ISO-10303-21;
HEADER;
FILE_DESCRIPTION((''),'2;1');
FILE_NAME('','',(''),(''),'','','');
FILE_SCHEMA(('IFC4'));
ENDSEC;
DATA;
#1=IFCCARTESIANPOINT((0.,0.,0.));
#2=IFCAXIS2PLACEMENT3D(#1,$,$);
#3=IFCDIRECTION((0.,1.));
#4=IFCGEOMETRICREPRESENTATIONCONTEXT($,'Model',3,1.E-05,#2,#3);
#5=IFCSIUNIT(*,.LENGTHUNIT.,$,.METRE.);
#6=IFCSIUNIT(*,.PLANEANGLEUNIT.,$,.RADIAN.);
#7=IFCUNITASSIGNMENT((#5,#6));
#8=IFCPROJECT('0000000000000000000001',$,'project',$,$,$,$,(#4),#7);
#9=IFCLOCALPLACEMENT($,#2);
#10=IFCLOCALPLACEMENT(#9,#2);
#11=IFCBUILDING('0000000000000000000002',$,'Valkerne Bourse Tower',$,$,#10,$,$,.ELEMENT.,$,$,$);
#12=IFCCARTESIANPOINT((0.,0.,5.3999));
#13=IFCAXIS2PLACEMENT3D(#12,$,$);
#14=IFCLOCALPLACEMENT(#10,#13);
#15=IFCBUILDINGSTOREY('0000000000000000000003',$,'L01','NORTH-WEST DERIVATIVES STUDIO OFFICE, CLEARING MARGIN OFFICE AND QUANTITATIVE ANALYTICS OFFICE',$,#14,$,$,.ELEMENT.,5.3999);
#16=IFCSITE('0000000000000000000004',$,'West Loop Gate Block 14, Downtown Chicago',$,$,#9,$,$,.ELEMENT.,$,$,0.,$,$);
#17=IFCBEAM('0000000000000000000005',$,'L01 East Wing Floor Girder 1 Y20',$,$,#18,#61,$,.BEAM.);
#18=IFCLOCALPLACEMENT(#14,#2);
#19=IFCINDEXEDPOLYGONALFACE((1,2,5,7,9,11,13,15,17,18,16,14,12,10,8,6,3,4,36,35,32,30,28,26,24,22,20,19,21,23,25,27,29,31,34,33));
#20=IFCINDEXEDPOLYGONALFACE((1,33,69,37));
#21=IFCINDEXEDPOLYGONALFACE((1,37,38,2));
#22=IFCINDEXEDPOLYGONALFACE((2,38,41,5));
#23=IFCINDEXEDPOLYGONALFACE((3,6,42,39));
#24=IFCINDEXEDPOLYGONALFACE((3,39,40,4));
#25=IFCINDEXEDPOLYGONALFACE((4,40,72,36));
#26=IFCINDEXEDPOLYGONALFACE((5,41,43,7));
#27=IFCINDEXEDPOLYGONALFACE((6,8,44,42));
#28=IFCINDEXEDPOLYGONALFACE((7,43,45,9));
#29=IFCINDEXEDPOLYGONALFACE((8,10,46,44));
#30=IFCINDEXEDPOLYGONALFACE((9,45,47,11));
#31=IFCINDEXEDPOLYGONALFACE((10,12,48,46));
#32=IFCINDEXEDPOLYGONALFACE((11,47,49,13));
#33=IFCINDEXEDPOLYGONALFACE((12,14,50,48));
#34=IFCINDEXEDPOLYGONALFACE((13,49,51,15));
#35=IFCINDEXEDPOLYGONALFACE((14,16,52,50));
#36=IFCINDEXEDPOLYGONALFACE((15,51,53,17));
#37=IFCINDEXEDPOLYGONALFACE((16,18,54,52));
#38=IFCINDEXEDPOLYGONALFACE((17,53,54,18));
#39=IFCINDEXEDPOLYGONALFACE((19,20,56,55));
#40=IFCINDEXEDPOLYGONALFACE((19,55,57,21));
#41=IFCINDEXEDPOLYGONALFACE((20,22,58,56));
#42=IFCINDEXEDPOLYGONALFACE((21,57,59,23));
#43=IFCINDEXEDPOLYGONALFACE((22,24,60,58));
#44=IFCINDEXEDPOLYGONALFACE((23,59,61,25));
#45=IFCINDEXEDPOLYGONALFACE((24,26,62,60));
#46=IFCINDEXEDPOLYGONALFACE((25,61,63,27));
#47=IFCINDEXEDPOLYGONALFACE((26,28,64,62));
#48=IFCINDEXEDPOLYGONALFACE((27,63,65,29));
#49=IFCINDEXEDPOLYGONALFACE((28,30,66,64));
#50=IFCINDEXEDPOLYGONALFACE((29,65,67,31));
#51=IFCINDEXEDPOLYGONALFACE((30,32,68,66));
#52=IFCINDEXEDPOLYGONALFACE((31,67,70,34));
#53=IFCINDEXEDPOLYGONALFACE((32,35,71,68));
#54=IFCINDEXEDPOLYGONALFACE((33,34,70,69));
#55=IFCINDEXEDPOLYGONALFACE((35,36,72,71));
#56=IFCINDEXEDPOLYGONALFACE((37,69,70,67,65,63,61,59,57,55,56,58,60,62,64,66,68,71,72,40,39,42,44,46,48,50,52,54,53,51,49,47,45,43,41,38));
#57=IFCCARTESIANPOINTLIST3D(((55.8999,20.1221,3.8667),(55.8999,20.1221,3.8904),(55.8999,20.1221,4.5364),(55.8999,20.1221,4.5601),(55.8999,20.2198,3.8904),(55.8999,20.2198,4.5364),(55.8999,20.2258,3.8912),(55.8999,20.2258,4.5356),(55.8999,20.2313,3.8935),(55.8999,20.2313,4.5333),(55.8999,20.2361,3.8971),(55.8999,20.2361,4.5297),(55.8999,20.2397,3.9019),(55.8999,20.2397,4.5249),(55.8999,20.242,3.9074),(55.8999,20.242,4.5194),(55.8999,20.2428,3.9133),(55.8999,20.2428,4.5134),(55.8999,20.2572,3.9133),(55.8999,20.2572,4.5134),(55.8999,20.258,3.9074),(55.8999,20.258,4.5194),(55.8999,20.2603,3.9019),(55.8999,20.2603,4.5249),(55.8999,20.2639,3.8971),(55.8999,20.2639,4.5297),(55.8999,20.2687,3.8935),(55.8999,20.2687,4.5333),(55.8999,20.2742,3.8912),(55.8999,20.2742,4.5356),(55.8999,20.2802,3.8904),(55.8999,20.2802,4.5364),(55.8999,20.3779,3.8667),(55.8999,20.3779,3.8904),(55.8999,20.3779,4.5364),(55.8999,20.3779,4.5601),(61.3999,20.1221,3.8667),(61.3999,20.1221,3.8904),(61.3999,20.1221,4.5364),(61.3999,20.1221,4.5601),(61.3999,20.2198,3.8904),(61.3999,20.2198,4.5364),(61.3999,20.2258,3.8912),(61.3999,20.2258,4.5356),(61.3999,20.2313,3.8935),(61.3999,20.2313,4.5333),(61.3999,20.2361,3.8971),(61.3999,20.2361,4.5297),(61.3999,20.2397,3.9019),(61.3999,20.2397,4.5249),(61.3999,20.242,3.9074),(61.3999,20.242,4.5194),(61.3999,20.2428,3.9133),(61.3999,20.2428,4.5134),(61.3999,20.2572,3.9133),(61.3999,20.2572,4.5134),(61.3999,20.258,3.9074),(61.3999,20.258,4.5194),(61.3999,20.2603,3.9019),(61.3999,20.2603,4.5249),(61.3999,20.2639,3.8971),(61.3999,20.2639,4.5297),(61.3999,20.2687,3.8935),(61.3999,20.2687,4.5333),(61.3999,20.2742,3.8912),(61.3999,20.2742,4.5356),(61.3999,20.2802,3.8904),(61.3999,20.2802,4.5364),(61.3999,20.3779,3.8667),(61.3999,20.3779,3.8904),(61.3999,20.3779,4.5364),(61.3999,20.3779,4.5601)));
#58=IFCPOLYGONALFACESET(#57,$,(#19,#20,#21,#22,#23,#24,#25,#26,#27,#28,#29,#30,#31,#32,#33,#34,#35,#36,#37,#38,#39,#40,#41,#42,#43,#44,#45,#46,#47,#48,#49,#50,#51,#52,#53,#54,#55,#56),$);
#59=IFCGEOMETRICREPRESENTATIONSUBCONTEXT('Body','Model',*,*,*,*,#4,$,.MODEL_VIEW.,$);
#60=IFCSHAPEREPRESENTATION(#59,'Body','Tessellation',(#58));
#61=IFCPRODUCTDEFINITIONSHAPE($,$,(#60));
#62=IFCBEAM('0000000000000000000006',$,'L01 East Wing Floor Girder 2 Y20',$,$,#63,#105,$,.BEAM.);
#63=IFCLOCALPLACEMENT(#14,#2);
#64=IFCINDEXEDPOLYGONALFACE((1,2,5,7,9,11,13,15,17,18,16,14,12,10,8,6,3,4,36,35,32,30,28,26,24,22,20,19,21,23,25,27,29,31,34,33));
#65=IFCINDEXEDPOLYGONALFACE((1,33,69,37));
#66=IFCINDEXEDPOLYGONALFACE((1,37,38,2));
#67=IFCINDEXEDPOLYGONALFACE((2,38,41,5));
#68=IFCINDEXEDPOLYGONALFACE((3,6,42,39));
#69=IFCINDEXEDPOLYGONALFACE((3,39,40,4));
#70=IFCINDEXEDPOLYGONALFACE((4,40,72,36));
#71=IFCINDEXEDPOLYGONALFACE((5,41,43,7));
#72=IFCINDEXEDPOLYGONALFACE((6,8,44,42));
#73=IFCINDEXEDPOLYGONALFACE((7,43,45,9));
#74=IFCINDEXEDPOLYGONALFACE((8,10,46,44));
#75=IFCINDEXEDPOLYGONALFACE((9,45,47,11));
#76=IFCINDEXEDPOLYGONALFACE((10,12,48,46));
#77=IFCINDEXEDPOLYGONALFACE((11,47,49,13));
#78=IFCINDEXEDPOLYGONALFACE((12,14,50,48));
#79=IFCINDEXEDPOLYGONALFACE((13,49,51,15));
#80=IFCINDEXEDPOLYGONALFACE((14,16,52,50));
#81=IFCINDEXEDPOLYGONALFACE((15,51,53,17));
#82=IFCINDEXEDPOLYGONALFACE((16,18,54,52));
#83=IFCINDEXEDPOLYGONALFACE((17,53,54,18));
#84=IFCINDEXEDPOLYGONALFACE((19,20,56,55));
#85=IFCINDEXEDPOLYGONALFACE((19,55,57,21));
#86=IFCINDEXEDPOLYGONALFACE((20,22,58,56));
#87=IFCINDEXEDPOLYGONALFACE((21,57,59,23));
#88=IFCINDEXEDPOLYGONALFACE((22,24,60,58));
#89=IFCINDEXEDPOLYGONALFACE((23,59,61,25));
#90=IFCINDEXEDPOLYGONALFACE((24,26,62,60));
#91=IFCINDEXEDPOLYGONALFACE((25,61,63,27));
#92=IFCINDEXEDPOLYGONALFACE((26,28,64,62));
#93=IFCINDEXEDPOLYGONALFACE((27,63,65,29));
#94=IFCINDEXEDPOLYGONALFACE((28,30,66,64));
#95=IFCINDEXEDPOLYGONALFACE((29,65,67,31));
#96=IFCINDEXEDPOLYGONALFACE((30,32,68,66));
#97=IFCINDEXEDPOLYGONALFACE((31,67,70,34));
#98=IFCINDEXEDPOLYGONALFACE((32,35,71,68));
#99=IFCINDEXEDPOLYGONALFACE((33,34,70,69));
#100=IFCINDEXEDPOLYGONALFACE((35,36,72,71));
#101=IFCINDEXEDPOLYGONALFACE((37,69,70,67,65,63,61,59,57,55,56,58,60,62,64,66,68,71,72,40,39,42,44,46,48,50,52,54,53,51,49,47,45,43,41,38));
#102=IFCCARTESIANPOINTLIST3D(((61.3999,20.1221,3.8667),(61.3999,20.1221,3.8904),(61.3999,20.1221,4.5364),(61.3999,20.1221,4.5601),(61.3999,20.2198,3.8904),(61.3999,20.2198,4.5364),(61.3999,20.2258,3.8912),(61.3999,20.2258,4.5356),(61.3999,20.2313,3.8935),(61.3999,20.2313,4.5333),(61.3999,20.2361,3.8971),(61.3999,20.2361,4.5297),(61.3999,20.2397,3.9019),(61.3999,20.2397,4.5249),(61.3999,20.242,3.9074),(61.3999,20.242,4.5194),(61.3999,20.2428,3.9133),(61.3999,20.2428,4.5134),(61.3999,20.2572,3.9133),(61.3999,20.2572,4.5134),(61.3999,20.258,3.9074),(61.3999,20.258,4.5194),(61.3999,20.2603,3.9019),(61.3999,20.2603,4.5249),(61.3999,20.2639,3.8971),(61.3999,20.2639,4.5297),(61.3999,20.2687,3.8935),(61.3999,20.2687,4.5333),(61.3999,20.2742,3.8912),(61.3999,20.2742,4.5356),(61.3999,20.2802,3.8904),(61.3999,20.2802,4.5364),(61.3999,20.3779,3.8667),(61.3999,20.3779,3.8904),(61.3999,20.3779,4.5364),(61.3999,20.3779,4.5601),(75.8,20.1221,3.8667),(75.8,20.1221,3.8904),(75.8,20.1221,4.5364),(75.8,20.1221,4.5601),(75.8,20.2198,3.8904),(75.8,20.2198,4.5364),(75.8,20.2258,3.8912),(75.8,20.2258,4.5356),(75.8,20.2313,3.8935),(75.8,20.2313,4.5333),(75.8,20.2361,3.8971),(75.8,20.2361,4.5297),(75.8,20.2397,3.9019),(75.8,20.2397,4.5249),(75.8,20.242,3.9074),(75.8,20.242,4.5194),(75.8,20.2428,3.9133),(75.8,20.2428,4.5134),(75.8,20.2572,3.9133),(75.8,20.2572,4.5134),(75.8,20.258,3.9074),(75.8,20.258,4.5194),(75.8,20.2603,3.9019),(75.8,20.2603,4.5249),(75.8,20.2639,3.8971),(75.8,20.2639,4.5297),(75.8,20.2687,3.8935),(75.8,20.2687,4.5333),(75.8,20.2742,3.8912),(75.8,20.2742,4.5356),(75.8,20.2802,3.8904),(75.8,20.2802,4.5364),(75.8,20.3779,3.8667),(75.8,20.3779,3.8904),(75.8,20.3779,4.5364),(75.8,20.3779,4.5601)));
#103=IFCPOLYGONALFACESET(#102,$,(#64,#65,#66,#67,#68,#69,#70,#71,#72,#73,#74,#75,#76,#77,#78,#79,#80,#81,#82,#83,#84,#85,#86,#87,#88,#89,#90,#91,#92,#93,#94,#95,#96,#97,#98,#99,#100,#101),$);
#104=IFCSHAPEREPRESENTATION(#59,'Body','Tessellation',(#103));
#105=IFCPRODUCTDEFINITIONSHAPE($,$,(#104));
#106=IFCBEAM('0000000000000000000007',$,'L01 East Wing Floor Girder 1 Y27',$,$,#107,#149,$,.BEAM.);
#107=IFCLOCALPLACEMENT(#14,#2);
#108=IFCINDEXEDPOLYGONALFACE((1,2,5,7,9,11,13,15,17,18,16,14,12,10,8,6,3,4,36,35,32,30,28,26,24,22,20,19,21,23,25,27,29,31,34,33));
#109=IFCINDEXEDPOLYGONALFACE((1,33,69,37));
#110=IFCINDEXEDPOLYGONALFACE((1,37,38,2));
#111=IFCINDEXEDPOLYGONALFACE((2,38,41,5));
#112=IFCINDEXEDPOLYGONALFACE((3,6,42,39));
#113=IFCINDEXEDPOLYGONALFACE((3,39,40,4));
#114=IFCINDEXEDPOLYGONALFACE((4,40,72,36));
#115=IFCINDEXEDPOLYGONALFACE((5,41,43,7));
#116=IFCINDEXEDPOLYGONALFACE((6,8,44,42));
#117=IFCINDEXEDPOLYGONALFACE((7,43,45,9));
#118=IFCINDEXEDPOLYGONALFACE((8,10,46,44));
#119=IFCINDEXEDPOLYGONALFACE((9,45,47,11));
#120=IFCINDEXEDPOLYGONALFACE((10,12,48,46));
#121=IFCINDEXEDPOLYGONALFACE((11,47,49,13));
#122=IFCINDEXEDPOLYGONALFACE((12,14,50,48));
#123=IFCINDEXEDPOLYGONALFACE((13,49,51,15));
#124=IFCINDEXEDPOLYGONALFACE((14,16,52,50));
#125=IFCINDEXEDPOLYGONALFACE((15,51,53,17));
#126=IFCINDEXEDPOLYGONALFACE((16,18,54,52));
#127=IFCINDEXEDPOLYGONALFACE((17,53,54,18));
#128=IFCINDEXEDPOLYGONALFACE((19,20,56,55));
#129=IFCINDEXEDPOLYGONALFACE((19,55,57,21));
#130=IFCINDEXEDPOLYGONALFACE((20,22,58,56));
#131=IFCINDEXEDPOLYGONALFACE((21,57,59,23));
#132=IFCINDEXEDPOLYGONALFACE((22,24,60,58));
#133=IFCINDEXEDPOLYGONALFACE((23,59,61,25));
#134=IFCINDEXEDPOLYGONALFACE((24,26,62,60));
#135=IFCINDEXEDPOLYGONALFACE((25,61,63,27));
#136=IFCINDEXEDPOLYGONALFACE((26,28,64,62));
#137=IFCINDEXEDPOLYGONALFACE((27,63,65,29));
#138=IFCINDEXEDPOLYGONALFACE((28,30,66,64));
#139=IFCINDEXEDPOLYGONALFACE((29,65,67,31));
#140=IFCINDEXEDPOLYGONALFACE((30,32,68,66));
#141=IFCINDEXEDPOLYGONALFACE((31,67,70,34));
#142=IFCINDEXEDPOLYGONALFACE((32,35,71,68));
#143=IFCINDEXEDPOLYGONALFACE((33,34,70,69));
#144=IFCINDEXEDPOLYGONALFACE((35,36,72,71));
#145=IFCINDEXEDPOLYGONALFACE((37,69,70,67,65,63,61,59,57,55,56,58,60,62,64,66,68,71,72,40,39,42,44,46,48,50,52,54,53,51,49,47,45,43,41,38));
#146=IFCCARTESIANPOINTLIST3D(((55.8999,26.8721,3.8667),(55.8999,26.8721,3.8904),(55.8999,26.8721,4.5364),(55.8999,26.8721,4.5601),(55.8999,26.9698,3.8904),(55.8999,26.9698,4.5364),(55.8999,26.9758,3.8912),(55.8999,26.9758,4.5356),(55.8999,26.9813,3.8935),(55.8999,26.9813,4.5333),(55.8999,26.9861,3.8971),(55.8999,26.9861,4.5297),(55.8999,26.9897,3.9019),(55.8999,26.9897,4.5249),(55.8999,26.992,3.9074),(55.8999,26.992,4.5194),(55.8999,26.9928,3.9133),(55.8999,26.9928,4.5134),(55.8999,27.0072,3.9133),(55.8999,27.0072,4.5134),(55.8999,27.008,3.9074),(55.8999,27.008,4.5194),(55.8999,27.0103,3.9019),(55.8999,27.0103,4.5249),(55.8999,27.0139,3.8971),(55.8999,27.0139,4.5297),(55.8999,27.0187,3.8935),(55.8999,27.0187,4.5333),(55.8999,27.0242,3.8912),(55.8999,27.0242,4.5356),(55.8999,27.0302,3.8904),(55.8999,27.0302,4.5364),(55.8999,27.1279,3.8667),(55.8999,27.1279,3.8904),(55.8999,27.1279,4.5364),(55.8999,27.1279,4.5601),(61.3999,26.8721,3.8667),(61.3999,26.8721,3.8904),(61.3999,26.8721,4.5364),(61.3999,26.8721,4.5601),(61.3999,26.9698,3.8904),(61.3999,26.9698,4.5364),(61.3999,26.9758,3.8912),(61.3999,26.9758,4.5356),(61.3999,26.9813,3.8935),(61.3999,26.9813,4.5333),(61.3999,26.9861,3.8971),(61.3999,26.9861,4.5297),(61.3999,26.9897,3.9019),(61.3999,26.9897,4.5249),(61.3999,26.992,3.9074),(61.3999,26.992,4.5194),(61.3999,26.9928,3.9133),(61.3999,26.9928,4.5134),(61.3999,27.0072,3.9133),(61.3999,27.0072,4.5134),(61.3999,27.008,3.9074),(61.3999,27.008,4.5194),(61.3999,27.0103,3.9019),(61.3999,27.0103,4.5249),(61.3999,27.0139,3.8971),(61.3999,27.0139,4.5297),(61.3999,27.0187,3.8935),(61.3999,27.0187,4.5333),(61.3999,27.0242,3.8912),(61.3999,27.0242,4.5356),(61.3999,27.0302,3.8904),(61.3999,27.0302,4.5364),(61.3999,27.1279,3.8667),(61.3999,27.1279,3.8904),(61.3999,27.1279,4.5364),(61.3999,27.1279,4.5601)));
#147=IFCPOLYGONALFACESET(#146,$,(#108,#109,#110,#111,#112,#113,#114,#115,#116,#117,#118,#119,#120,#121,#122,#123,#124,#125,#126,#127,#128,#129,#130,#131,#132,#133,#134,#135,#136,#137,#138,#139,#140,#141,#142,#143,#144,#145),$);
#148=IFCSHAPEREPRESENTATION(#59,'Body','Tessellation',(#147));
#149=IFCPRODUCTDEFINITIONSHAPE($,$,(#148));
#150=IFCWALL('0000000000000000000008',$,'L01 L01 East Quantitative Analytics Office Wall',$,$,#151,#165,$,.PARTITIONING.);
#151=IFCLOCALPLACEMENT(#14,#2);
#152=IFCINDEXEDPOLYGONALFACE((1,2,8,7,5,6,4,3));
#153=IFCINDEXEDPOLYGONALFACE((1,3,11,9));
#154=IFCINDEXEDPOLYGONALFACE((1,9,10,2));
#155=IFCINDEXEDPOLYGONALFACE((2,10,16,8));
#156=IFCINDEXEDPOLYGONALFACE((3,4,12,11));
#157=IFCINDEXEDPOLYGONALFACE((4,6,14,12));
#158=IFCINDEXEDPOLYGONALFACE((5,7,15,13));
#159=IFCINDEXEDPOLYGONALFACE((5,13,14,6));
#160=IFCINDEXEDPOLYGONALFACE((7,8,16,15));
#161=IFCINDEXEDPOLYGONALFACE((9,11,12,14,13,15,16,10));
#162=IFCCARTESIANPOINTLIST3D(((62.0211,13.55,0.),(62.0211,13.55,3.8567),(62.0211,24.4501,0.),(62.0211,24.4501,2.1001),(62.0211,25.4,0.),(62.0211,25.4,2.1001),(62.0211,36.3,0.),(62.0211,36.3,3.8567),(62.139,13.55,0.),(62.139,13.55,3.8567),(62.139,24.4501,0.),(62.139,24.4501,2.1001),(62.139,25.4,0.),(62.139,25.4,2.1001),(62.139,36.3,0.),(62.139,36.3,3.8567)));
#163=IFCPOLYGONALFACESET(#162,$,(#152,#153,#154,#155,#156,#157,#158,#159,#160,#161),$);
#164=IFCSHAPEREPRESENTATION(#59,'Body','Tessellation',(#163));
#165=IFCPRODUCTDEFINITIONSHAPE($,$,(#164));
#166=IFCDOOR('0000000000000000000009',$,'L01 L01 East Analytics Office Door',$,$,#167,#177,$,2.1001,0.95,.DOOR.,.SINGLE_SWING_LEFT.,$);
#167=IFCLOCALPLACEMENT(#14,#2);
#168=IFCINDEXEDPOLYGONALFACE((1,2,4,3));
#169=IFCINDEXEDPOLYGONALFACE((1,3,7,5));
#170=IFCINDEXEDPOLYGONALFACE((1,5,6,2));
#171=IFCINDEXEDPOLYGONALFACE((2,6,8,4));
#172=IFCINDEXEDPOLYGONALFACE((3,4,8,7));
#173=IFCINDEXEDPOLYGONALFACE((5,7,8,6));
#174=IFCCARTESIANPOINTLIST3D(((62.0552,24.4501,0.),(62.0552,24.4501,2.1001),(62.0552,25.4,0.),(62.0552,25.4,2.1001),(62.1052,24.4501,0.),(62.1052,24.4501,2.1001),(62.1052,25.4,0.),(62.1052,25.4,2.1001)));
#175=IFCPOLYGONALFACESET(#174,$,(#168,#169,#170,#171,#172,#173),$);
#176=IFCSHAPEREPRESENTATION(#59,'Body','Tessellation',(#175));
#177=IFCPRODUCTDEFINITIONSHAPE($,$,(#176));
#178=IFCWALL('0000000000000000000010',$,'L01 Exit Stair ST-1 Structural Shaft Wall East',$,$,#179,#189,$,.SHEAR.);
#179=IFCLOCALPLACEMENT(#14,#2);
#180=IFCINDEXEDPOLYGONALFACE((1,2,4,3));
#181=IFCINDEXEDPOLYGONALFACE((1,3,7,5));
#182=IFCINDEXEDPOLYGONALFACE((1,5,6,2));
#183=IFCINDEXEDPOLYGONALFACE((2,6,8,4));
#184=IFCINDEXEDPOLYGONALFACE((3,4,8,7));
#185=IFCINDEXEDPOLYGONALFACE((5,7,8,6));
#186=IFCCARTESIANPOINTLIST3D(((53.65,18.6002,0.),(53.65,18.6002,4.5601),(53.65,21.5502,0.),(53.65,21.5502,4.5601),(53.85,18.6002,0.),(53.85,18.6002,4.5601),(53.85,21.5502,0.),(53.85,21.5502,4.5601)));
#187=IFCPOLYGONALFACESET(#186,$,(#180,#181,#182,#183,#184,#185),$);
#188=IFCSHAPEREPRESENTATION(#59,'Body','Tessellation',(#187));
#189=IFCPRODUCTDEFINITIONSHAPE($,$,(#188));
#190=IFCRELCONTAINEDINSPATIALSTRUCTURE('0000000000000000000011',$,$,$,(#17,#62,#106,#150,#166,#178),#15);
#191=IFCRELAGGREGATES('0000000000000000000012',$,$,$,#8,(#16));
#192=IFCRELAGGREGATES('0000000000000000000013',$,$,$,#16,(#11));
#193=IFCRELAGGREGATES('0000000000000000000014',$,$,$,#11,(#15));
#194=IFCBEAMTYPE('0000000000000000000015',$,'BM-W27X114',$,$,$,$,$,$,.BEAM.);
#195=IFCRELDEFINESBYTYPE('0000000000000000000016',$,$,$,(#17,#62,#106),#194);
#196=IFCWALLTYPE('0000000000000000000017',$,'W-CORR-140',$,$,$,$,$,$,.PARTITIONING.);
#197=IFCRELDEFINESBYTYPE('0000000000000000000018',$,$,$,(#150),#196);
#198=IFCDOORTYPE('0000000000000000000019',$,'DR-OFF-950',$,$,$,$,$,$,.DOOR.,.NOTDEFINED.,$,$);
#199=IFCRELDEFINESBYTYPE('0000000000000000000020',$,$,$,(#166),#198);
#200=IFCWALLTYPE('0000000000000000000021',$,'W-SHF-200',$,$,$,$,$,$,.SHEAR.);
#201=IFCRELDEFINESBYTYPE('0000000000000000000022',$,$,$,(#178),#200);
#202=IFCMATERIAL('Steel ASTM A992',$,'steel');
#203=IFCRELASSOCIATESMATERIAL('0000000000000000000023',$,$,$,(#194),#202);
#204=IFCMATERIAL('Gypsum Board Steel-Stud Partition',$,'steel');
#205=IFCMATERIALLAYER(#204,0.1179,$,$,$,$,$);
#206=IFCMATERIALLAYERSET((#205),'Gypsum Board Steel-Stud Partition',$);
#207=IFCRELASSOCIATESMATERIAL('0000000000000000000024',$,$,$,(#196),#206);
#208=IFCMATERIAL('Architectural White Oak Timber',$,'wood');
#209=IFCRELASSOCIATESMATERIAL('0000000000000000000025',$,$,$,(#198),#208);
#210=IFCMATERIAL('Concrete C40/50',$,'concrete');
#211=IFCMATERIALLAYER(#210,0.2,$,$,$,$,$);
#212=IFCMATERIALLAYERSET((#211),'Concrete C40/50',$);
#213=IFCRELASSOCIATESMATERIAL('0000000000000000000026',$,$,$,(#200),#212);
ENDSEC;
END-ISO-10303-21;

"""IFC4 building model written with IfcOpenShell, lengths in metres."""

from ifc_helpers import new_model, si_unit, direction, frame, frame_2d, origin, origin_2d, place, context, subcontext, project, spatial, rectangle, i_section, extrude, material, layer, layer_set, material_profile, profile_set, type_object, element, fill, save


model = new_model("IFC4")

# Units and contexts
model_context = context("Model", 3, precision=1e-05, world=origin(), true_north=direction((0.0, 1.0)))
body_context = subcontext(model_context, "Body", "Model", "MODEL_VIEW")
ifc_project = project(units=[si_unit("LENGTHUNIT", "METRE"), si_unit("PLANEANGLEUNIT", "RADIAN")], contexts=[model_context])

# Site, building, storey
site_placement = place(None, origin())
site = spatial("IfcSite", under=ifc_project, at=site_placement, Name="West Loop Gate Block 14, Downtown Chicago", CompositionType="ELEMENT", RefElevation=0.0)
building_placement = place(site_placement, origin())
building = spatial("IfcBuilding", under=site, at=building_placement, Name="Valkerne Bourse Tower", CompositionType="ELEMENT")
storey_placement = place(building_placement, frame((0.0, 0.0, 5.3999)))
storey = spatial("IfcBuildingStorey", under=building, at=storey_placement, Name="L01", Description="NORTH-WEST DERIVATIVES STUDIO OFFICE, CLEARING MARGIN OFFICE AND QUANTITATIVE ANALYTICS OFFICE", CompositionType="ELEMENT", Elevation=5.3999)

# Beams
ifc_material_1 = material(Name="Steel ASTM A992", Category="steel")
ifc_material_profile_1 = material_profile(ifc_material_1, i_section(OverallWidth=0.2559, OverallDepth=0.6934, WebThickness=0.0144, FlangeThickness=0.0237, FilletRadius=0.0229, at=origin_2d()), Name="W27X114")
ifc_profile_set_1 = profile_set([ifc_material_profile_1], Name="Steel ASTM A992")
beam_type = type_object("IfcBeamType", Name="BM-W27X114", PredefinedType="BEAM", material=ifc_profile_set_1)
beam_1_placement = place(storey_placement, frame((55.8999, 20.25, 4.2134), z_axis=(1.0, 0.0, 0.0), x_axis=(0.0, 1.0, 0.0)))
element("IfcBeam", 1, at=beam_1_placement, inside=storey, type_object=beam_type, Name="L01 East Wing Floor Girder 1 Y20", PredefinedType="BEAM", context=body_context, shape_type="SweptSolid", body=[
    extrude(i_section(OverallWidth=0.2559, OverallDepth=0.6934, WebThickness=0.0144, FlangeThickness=0.0237, FilletRadius=0.0229, at=origin_2d()), origin(), (0.0, 0.0, 1.0), 5.5),
])
beam_2_placement = place(storey_placement, frame((61.3999, 20.25, 4.2134), z_axis=(1.0, 0.0, 0.0), x_axis=(0.0, 1.0, 0.0)))
element("IfcBeam", 2, at=beam_2_placement, inside=storey, type_object=beam_type, Name="L01 East Wing Floor Girder 2 Y20", PredefinedType="BEAM", context=body_context, shape_type="SweptSolid", body=[
    extrude(i_section(OverallWidth=0.2559, OverallDepth=0.6934, WebThickness=0.0144, FlangeThickness=0.0237, FilletRadius=0.0229, at=origin_2d()), origin(), (0.0, 0.0, 1.0), 14.4001),
])
beam_3_placement = place(storey_placement, frame((55.8999, 27.0, 4.2134), z_axis=(1.0, 0.0, 0.0), x_axis=(0.0, 1.0, 0.0)))
element("IfcBeam", 3, at=beam_3_placement, inside=storey, type_object=beam_type, Name="L01 East Wing Floor Girder 1 Y27", PredefinedType="BEAM", context=body_context, shape_type="SweptSolid", body=[
    extrude(i_section(OverallWidth=0.2559, OverallDepth=0.6934, WebThickness=0.0144, FlangeThickness=0.0237, FilletRadius=0.0229, at=origin_2d()), origin(), (0.0, 0.0, 1.0), 5.5),
])

# Wall, opening, door
ifc_material_2 = material(Name="Gypsum Board Steel-Stud Partition", Category="steel")
ifc_layer_1 = layer(ifc_material_2, 0.1179)
ifc_layer_set_1 = layer_set([ifc_layer_1], Name="Gypsum Board Steel-Stud Partition")
wall_type_1 = type_object("IfcWallType", Name="W-CORR-140", PredefinedType="PARTITIONING", material=ifc_layer_set_1)
wall_1_placement = place(storey_placement, frame((62.0801, 13.55, 0.0), z_axis=(0.0, 0.0, 1.0), x_axis=(0.0, 1.0, 0.0)))
wall_1 = element("IfcWall", 4, at=wall_1_placement, inside=storey, type_object=wall_type_1, Name="L01 L01 East Quantitative Analytics Office Wall", PredefinedType="PARTITIONING", context=body_context, shape_type="SweptSolid", body=[
    extrude(rectangle(XDim=22.75, YDim=0.1179, at=frame_2d((11.375, 0.0))), origin(), (0.0, 0.0, 1.0), 3.8567),
])
opening_1_placement = place(wall_1_placement, frame((10.8999, 0.0, 0.0)))
opening_1 = element("IfcOpeningElement", 5, at=opening_1_placement, cuts=wall_1, PredefinedType="OPENING", context=body_context, shape_type="SweptSolid", body=[
    extrude(rectangle(XDim=0.95, YDim=2.1001, at=frame_2d((0.4751, 1.05))), frame((0.0, 0.0688, 0.0), z_axis=(0.0, -1.0, 0.0), x_axis=(1.0, 0.0, 0.0)), (0.0, 0.0, 1.0), 0.1379),
])
ifc_material_3 = material(Name="Architectural White Oak Timber", Category="wood")
door_type_1 = type_object("IfcDoorType", Name="DR-OFF-950", OperationType="NOTDEFINED", PredefinedType="DOOR", material=ifc_material_3)
door_1_placement = place(opening_1_placement, origin())
door_1 = element("IfcDoor", 6, at=door_1_placement, inside=storey, type_object=door_type_1, Name="L01 L01 East Analytics Office Door", OperationType="SINGLE_SWING_LEFT", OverallHeight=2.1001, OverallWidth=0.95, PredefinedType="DOOR", context=body_context, shape_type="SweptSolid", body=[
    extrude(rectangle(XDim=0.95, YDim=2.1001, at=frame_2d((0.4751, 1.05))), frame((0.0, 0.0249, 0.0), z_axis=(0.0, -1.0, 0.0), x_axis=(1.0, 0.0, 0.0)), (0.0, 0.0, 1.0), 0.05),
])
fill(opening_1, door_1)

# Wall
ifc_material_4 = material(Name="Concrete C40/50", Category="concrete")
ifc_layer_2 = layer(ifc_material_4, 0.2)
ifc_layer_set_2 = layer_set([ifc_layer_2], Name="Concrete C40/50")
wall_type_2 = type_object("IfcWallType", Name="W-SHF-200", PredefinedType="SHEAR", material=ifc_layer_set_2)
wall_2_placement = place(storey_placement, frame((53.75, 18.6001, 0.0), z_axis=(0.0, 0.0, 1.0), x_axis=(0.0, 1.0, 0.0)))
element("IfcWall", 7, at=wall_2_placement, inside=storey, type_object=wall_type_2, Name="L01 Exit Stair ST-1 Structural Shaft Wall East", PredefinedType="SHEAR", context=body_context, shape_type="SweptSolid", body=[
    extrude(rectangle(XDim=2.95, YDim=0.2, at=frame_2d((1.4751, 0.0))), origin(), (0.0, 0.0, 1.0), 4.5601),
])

save(model, "model.ifc")
